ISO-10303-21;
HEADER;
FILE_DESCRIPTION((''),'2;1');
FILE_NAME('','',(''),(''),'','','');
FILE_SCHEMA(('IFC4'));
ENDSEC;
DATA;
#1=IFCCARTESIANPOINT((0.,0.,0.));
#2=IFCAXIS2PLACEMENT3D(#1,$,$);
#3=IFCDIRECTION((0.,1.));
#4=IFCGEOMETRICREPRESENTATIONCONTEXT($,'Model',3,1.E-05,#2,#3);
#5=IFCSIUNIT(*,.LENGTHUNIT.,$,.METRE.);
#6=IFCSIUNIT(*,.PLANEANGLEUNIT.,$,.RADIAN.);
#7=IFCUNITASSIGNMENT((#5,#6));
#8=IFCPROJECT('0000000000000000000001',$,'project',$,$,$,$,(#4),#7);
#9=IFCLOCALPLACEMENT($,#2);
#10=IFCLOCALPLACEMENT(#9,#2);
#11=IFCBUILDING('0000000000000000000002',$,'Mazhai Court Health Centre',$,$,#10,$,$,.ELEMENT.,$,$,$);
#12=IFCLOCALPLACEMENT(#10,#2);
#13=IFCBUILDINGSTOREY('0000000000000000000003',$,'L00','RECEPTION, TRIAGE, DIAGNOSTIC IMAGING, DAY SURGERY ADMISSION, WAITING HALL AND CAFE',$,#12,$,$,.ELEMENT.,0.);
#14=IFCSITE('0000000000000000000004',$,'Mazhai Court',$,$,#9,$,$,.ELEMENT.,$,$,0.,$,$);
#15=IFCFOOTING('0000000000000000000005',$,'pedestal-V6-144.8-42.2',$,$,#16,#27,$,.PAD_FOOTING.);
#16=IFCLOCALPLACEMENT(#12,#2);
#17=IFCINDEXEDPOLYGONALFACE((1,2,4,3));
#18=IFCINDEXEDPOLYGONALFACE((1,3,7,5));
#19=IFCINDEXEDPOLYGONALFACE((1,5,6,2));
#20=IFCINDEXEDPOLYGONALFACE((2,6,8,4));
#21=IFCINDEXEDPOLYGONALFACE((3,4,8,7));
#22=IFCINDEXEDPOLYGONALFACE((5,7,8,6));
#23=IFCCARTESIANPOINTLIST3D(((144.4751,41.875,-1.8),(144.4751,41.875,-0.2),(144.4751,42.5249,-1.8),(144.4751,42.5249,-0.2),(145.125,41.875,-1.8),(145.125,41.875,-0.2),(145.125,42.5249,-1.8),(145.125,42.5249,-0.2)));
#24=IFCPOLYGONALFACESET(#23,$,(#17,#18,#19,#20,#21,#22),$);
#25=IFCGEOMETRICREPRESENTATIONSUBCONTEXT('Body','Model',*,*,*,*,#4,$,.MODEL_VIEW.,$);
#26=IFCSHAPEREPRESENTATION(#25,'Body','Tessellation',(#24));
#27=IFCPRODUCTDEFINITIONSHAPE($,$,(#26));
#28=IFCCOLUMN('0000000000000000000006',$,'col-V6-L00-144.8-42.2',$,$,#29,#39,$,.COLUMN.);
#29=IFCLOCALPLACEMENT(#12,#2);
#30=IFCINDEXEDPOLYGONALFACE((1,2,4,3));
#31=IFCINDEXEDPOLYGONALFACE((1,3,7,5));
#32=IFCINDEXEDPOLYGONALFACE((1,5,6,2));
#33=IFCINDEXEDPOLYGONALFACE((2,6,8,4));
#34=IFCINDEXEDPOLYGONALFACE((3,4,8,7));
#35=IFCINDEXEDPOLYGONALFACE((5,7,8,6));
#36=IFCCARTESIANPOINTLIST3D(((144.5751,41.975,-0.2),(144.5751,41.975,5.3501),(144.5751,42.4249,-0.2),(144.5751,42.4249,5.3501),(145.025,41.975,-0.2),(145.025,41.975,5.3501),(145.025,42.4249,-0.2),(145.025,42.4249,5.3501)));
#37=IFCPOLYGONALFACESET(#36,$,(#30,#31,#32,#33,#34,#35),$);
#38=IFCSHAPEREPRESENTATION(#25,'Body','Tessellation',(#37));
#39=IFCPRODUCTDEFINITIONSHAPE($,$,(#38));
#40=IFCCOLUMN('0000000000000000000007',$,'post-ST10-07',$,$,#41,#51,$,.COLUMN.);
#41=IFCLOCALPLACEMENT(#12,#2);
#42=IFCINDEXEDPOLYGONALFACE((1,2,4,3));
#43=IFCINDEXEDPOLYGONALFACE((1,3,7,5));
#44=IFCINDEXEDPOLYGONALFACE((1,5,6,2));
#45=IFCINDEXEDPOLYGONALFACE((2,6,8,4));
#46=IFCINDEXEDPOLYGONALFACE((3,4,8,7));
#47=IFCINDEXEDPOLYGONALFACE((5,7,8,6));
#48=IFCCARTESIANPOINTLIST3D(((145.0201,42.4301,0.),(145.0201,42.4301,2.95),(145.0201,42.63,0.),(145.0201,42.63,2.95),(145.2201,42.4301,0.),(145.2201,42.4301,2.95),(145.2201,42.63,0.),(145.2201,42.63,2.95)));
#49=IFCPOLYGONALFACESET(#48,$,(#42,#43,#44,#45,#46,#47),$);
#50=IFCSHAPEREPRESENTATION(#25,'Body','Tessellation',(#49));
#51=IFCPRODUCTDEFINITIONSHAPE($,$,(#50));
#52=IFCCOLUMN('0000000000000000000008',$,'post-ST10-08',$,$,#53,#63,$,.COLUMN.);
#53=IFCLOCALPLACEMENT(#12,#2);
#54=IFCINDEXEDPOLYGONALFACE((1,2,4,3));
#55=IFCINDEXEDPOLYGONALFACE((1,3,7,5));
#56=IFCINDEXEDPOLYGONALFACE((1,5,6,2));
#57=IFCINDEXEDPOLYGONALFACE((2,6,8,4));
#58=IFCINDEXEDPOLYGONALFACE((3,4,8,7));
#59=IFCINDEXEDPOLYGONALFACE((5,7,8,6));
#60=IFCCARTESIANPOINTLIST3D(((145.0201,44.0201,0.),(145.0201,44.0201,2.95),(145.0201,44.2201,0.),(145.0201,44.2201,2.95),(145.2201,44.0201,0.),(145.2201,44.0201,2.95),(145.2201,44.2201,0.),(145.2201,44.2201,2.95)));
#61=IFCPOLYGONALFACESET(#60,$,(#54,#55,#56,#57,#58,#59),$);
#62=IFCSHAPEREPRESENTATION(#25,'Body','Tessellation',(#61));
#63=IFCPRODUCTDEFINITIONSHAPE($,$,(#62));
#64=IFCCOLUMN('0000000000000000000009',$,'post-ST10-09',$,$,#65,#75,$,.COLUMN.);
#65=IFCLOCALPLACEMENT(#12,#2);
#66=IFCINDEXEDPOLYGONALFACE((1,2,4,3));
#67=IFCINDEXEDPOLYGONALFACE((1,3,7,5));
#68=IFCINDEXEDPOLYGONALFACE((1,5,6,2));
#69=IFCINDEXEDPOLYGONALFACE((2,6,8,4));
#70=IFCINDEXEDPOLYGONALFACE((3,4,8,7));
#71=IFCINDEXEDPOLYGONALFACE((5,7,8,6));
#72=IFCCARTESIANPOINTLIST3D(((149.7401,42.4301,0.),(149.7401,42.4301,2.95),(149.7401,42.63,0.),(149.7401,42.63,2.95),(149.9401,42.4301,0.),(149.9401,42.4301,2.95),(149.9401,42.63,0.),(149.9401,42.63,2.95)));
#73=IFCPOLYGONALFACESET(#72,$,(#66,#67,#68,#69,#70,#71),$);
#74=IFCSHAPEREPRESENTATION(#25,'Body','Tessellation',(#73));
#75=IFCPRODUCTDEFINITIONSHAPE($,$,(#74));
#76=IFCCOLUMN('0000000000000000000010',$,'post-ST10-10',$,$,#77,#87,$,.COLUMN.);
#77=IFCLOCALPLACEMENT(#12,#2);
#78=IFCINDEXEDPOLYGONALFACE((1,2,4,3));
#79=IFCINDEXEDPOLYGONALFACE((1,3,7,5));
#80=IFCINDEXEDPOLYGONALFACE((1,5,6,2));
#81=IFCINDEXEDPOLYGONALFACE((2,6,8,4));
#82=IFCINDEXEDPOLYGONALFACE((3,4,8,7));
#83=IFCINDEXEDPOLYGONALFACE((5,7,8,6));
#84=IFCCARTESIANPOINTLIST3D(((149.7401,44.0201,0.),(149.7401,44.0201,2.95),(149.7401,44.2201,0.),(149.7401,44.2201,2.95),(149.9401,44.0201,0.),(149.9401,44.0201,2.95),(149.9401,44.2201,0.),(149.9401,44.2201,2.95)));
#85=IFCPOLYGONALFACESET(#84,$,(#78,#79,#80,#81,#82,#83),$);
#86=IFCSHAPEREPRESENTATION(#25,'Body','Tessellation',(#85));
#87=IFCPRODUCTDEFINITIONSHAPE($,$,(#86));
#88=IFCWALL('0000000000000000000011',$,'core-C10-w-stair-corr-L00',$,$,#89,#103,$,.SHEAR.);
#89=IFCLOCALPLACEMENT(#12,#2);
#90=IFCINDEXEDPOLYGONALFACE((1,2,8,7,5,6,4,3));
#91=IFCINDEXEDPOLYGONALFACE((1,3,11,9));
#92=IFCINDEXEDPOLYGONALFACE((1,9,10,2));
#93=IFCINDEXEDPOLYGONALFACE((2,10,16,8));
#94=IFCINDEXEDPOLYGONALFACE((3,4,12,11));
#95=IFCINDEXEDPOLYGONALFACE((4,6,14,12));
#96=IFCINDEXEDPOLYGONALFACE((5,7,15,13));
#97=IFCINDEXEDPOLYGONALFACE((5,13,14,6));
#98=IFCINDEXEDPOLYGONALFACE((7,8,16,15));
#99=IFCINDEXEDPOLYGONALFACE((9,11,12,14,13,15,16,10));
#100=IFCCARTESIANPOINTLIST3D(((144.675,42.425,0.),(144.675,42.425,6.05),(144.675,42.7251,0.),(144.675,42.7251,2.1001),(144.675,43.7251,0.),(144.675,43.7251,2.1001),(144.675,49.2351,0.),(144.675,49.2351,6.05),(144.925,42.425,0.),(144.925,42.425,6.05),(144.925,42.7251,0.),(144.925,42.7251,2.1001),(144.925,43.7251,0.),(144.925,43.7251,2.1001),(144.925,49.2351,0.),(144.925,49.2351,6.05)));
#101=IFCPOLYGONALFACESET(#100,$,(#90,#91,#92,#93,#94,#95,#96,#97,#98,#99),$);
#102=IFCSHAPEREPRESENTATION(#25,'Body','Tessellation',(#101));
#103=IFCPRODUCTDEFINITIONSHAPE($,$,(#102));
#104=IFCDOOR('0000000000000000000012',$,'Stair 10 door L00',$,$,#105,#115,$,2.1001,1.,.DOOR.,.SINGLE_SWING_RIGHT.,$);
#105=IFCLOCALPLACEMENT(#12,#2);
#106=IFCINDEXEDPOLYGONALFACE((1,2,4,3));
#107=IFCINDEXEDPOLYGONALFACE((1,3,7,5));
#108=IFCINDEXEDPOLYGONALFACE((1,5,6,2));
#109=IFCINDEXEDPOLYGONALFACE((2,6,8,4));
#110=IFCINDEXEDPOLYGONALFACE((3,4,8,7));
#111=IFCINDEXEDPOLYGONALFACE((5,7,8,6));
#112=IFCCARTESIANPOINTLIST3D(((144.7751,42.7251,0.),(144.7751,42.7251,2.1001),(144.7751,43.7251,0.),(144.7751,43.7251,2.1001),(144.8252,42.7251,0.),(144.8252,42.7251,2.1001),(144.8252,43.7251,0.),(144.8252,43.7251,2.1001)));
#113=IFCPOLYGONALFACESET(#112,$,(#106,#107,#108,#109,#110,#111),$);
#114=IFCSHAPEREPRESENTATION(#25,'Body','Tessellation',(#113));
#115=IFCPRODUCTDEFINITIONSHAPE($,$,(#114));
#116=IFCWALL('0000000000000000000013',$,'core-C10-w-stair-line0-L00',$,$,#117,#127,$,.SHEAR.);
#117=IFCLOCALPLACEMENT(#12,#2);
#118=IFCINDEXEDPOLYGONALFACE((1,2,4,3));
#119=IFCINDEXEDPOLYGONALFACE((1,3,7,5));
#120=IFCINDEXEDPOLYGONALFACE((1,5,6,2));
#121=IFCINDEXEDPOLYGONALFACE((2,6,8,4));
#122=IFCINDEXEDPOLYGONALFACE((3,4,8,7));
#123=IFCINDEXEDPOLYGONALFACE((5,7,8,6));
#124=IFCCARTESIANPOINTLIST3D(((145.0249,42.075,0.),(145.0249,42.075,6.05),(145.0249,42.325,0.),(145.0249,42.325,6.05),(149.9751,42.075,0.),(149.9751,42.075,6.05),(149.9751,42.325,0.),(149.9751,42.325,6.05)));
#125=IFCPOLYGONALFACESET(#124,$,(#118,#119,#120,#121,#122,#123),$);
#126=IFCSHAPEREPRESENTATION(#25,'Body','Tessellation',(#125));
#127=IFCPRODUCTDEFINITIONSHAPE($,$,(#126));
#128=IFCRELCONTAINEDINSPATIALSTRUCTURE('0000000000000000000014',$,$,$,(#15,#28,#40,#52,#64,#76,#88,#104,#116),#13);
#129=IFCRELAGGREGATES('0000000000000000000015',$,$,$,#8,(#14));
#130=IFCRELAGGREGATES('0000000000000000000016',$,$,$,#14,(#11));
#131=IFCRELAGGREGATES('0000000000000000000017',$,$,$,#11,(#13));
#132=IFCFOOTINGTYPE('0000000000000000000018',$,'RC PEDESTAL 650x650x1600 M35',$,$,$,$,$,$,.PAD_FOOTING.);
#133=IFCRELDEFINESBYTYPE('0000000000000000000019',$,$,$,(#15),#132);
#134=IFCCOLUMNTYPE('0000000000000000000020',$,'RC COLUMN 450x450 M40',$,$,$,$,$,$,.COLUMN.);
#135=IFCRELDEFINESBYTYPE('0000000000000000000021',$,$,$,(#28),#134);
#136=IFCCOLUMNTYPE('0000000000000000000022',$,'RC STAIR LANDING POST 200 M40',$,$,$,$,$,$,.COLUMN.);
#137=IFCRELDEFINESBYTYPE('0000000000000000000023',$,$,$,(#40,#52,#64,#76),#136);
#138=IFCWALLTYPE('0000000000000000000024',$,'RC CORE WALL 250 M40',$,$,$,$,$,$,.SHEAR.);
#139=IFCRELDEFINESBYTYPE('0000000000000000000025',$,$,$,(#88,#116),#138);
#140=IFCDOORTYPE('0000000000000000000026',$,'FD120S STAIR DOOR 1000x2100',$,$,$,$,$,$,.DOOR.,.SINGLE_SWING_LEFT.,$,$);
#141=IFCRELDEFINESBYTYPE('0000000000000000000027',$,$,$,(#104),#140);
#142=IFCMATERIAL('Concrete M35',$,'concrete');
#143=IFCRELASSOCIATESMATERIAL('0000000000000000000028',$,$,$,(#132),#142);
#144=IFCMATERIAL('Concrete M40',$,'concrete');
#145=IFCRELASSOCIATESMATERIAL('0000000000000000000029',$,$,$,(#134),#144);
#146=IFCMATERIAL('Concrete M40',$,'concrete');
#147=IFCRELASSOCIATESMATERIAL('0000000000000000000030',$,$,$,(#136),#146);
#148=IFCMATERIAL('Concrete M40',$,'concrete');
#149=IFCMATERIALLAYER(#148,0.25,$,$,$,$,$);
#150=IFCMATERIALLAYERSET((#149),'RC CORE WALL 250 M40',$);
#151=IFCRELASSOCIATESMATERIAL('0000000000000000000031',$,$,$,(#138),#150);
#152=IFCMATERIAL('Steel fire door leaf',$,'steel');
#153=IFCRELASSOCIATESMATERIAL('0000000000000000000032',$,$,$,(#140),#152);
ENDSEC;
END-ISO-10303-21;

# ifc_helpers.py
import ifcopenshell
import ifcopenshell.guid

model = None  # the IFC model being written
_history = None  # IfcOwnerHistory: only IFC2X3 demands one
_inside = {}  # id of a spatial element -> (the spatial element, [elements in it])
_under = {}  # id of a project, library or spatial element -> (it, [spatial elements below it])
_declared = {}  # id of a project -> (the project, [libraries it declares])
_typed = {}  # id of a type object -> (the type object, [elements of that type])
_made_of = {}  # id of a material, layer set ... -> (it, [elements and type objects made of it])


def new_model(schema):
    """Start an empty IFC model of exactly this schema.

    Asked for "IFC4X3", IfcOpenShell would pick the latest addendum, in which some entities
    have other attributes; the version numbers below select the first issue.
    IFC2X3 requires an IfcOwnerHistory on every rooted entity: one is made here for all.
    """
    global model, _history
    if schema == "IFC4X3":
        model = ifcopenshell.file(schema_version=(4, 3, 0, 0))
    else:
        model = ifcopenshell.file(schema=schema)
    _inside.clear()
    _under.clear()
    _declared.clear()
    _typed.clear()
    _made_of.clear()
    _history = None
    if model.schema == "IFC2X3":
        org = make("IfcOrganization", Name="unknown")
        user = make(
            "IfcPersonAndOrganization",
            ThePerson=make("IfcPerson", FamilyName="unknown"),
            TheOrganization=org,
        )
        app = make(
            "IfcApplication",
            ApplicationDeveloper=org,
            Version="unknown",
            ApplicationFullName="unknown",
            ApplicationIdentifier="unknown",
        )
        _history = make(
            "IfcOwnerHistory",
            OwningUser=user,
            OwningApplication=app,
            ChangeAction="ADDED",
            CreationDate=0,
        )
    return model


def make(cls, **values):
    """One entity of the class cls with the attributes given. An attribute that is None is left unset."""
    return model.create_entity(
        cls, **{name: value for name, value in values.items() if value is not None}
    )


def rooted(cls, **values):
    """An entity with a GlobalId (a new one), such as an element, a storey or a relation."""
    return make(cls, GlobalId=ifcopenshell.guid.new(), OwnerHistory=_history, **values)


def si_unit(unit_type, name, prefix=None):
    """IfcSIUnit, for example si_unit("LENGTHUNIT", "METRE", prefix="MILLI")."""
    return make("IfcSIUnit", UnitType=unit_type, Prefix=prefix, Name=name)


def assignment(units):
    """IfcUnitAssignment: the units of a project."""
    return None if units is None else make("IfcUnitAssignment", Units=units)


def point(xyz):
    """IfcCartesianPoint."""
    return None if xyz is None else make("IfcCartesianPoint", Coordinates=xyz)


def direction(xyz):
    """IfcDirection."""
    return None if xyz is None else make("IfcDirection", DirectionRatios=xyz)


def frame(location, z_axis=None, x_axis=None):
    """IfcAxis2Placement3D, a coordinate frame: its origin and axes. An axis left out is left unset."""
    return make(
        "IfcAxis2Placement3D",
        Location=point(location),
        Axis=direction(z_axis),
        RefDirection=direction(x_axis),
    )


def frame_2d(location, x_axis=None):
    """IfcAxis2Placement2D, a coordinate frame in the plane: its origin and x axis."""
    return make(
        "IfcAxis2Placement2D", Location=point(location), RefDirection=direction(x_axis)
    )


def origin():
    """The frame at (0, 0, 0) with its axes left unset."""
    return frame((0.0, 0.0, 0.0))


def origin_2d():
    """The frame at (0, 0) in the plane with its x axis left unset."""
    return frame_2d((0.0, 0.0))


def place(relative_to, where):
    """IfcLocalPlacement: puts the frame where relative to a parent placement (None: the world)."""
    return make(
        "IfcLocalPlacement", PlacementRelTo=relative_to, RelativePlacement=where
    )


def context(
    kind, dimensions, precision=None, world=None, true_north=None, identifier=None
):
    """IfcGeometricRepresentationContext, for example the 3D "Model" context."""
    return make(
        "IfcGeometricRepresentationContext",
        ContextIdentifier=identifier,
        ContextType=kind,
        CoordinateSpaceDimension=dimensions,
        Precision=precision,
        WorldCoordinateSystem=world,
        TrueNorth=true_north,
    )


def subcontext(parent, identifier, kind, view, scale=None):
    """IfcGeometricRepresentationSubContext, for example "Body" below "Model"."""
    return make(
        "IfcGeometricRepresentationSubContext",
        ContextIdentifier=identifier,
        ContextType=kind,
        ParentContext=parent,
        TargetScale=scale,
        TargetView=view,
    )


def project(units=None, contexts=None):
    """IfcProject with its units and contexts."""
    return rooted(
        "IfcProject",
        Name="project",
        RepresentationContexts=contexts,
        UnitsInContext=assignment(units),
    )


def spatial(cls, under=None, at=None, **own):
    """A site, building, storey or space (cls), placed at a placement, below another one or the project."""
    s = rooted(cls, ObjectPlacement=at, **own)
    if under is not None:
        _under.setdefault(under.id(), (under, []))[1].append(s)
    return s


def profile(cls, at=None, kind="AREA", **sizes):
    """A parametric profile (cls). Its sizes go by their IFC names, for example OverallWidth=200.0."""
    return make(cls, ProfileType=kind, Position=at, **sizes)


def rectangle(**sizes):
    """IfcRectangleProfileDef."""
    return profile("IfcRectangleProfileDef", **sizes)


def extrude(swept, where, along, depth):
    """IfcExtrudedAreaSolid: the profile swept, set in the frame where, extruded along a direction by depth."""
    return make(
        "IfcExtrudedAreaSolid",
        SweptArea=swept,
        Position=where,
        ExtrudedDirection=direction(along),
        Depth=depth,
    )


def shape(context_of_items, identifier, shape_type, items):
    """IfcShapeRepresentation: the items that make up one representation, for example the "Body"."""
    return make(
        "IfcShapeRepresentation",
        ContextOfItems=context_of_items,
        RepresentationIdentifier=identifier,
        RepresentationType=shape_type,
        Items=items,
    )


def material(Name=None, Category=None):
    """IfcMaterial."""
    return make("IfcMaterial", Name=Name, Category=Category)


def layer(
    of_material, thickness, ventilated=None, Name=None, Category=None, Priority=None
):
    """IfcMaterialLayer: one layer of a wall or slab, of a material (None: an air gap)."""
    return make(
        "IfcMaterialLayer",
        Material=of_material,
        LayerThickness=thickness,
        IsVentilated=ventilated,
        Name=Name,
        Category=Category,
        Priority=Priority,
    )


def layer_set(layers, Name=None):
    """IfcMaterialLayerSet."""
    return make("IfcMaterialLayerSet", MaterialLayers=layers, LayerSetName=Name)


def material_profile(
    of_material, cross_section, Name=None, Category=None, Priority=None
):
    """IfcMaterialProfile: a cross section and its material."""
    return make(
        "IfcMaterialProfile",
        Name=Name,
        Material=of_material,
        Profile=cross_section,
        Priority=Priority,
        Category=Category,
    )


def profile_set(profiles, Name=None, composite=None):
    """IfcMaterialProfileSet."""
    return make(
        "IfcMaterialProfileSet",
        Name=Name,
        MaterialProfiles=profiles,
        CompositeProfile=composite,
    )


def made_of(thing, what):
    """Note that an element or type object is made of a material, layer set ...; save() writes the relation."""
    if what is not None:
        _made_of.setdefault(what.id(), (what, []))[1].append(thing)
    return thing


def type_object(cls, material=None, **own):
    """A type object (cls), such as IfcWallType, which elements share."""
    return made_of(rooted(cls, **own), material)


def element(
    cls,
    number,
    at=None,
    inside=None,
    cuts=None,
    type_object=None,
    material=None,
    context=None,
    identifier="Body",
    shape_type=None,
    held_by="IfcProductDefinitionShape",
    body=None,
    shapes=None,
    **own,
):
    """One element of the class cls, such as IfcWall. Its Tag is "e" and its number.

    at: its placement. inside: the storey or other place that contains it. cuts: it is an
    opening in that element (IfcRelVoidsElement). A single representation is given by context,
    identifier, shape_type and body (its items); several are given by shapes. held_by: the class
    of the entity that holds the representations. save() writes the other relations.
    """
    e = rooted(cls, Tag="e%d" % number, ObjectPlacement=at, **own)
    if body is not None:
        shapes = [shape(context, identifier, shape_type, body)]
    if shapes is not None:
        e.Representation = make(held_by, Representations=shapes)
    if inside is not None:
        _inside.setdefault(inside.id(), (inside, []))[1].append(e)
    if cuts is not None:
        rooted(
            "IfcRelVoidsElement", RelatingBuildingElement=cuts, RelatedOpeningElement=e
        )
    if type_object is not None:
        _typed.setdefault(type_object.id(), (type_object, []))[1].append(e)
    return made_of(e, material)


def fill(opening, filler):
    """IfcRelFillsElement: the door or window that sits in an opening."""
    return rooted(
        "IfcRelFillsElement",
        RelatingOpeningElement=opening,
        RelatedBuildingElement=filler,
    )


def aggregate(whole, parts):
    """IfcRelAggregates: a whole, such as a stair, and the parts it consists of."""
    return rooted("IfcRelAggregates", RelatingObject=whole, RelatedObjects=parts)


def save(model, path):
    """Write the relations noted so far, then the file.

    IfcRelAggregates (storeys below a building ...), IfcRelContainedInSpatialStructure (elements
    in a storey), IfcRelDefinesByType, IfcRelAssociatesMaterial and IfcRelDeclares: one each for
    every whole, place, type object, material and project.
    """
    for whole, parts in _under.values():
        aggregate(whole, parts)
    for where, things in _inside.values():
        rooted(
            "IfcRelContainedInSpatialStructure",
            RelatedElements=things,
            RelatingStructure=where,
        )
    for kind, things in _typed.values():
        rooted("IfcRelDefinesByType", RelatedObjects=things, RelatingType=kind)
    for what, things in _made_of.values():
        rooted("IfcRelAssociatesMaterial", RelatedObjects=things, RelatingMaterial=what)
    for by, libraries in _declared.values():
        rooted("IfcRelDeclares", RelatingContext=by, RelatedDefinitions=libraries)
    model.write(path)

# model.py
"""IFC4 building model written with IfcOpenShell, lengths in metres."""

from ifc_helpers import new_model, si_unit, direction, frame, frame_2d, origin, origin_2d, place, context, subcontext, project, spatial, rectangle, extrude, material, layer, layer_set, material_profile, profile_set, type_object, element, fill, save


model = new_model("IFC4")

# Units and contexts
model_context = context("Model", 3, precision=1e-05, world=origin(), true_north=direction((0.0, 1.0)))
body_context = subcontext(model_context, "Body", "Model", "MODEL_VIEW")
ifc_project = project(units=[si_unit("LENGTHUNIT", "METRE"), si_unit("PLANEANGLEUNIT", "RADIAN")], contexts=[model_context])

# Site, building, storey
site_placement = place(None, origin())
site = spatial("IfcSite", under=ifc_project, at=site_placement, Name="Mazhai Court", CompositionType="ELEMENT", RefElevation=0.0)
building_placement = place(site_placement, origin())
building = spatial("IfcBuilding", under=site, at=building_placement, Name="Mazhai Court Health Centre", CompositionType="ELEMENT")
storey_placement = place(building_placement, origin())
storey = spatial("IfcBuildingStorey", under=building, at=storey_placement, Name="L00", Description="RECEPTION, TRIAGE, DIAGNOSTIC IMAGING, DAY SURGERY ADMISSION, WAITING HALL AND CAFE", CompositionType="ELEMENT", Elevation=0.0)

# Footing
ifc_material_1 = material(Name="Concrete M35", Category="concrete")
footing_type_1 = type_object("IfcFootingType", Name="RC PEDESTAL 650x650x1600 M35", PredefinedType="PAD_FOOTING", material=ifc_material_1)
footing_1_placement = place(storey_placement, frame((144.8, 42.2, -1.8), z_axis=(0.0, 0.0, 1.0), x_axis=(1.0, 0.0, 0.0)))
element("IfcFooting", 1, at=footing_1_placement, inside=storey, type_object=footing_type_1, Name="pedestal-V6-144.8-42.2", PredefinedType="PAD_FOOTING", context=body_context, shape_type="SweptSolid", body=[
    extrude(rectangle(XDim=0.6499, YDim=0.6499, at=origin_2d()), origin(), (0.0, 0.0, 1.0), 1.6001),
])

# Columns
ifc_material_2 = material(Name="Concrete M40", Category="concrete")
ifc_material_profile_1 = material_profile(ifc_material_2, rectangle(XDim=0.45, YDim=0.45, at=origin_2d()), Name="RC 450x450")
ifc_profile_set_1 = profile_set([ifc_material_profile_1], Name="Concrete M40")
column_type_1 = type_object("IfcColumnType", Name="RC COLUMN 450x450 M40", PredefinedType="COLUMN", material=ifc_profile_set_1)
column_placement = place(storey_placement, frame((144.8, 42.2, -0.2), z_axis=(0.0, 0.0, 1.0), x_axis=(1.0, 0.0, 0.0)))
element("IfcColumn", 2, at=column_placement, inside=storey, type_object=column_type_1, Name="col-V6-L00-144.8-42.2", PredefinedType="COLUMN", context=body_context, shape_type="SweptSolid", body=[
    extrude(rectangle(XDim=0.45, YDim=0.45, at=origin_2d()), origin(), (0.0, 0.0, 1.0), 5.55),
])
ifc_material_3 = material(Name="Concrete M40", Category="concrete")
ifc_material_profile_2 = material_profile(ifc_material_3, rectangle(XDim=0.2, YDim=0.2, at=origin_2d()), Name="RC 200x200")
ifc_profile_set_2 = profile_set([ifc_material_profile_2], Name="Concrete M40")
column_type_2 = type_object("IfcColumnType", Name="RC STAIR LANDING POST 200 M40", PredefinedType="COLUMN", material=ifc_profile_set_2)
for number, where, z_axis, x_axis, name in (
    (3, (145.1201, 42.53, 0.0), (0.0, 0.0, 1.0), (1.0, 0.0, 0.0), "post-ST10-07"),
    (4, (145.1201, 44.1201, 0.0), (0.0, 0.0, 1.0), (1.0, 0.0, 0.0), "post-ST10-08"),
    (5, (149.8401, 42.53, 0.0), (0.0, 0.0, 1.0), (1.0, 0.0, 0.0), "post-ST10-09"),
    (6, (149.8401, 44.1201, 0.0), (0.0, 0.0, 1.0), (1.0, 0.0, 0.0), "post-ST10-10"),
):
    element("IfcColumn", number, at=place(storey_placement, frame(where, z_axis=z_axis, x_axis=x_axis)), inside=storey, type_object=column_type_2, Name=name, PredefinedType="COLUMN", context=body_context, shape_type="SweptSolid", body=[
        extrude(rectangle(XDim=0.2, YDim=0.2, at=origin_2d()), origin(), (0.0, 0.0, 1.0), 2.95),
    ])

# Wall, opening, door
ifc_material_4 = material(Name="Concrete M40", Category="concrete")
ifc_layer = layer(ifc_material_4, 0.25)
ifc_layer_set = layer_set([ifc_layer], Name="RC CORE WALL 250 M40")
wall_type = type_object("IfcWallType", Name="RC CORE WALL 250 M40", PredefinedType="SHEAR", material=ifc_layer_set)
wall_1_placement = place(storey_placement, frame((144.8, 42.425, 0.0), z_axis=(0.0, 0.0, 1.0), x_axis=(0.0, 1.0, 0.0)))
wall_1 = element("IfcWall", 7, at=wall_1_placement, inside=storey, type_object=wall_type, Name="core-C10-w-stair-corr-L00", PredefinedType="SHEAR", context=body_context, shape_type="SweptSolid", body=[
    extrude(rectangle(XDim=6.8101, YDim=0.25, at=frame_2d((3.405, 0.0))), origin(), (0.0, 0.0, 1.0), 6.05),
])
opening_1_placement = place(wall_1_placement, frame((0.3, 0.0, 0.0)))
opening_1 = element("IfcOpeningElement", 8, at=opening_1_placement, cuts=wall_1, PredefinedType="OPENING", context=body_context, shape_type="SweptSolid", body=[
    extrude(rectangle(XDim=1.0, YDim=2.1001, at=frame_2d((0.5, 1.05))), frame((0.0, 0.135, 0.0), z_axis=(0.0, -1.0, 0.0), x_axis=(1.0, 0.0, 0.0)), (0.0, 0.0, 1.0), 0.27),
])
ifc_material_5 = material(Name="Steel fire door leaf", Category="steel")
door_type_1 = type_object("IfcDoorType", Name="FD120S STAIR DOOR 1000x2100", OperationType="SINGLE_SWING_LEFT", PredefinedType="DOOR", material=ifc_material_5)
door_1_placement = place(opening_1_placement, origin())
door_1 = element("IfcDoor", 9, at=door_1_placement, inside=storey, type_object=door_type_1, Name="Stair 10 door L00", OperationType="SINGLE_SWING_RIGHT", OverallHeight=2.1001, OverallWidth=1.0, PredefinedType="DOOR", context=body_context, shape_type="SweptSolid", body=[
    extrude(rectangle(XDim=1.0, YDim=2.1001, at=frame_2d((0.5, 1.05))), frame((0.0, 0.0249, 0.0), z_axis=(0.0, -1.0, 0.0), x_axis=(1.0, 0.0, 0.0)), (0.0, 0.0, 1.0), 0.05),
])
fill(opening_1, door_1)

# Wall
wall_2_placement = place(storey_placement, frame((145.0249, 42.2, 0.0), z_axis=(0.0, 0.0, 1.0), x_axis=(1.0, 0.0, 0.0)))
element("IfcWall", 10, at=wall_2_placement, inside=storey, type_object=wall_type, Name="core-C10-w-stair-line0-L00", PredefinedType="SHEAR", context=body_context, shape_type="SweptSolid", body=[
    extrude(rectangle(XDim=4.9502, YDim=0.25, at=frame_2d((2.4751, 0.0))), origin(), (0.0, 0.0, 1.0), 6.05),
])

save(model, "model.ifc")
